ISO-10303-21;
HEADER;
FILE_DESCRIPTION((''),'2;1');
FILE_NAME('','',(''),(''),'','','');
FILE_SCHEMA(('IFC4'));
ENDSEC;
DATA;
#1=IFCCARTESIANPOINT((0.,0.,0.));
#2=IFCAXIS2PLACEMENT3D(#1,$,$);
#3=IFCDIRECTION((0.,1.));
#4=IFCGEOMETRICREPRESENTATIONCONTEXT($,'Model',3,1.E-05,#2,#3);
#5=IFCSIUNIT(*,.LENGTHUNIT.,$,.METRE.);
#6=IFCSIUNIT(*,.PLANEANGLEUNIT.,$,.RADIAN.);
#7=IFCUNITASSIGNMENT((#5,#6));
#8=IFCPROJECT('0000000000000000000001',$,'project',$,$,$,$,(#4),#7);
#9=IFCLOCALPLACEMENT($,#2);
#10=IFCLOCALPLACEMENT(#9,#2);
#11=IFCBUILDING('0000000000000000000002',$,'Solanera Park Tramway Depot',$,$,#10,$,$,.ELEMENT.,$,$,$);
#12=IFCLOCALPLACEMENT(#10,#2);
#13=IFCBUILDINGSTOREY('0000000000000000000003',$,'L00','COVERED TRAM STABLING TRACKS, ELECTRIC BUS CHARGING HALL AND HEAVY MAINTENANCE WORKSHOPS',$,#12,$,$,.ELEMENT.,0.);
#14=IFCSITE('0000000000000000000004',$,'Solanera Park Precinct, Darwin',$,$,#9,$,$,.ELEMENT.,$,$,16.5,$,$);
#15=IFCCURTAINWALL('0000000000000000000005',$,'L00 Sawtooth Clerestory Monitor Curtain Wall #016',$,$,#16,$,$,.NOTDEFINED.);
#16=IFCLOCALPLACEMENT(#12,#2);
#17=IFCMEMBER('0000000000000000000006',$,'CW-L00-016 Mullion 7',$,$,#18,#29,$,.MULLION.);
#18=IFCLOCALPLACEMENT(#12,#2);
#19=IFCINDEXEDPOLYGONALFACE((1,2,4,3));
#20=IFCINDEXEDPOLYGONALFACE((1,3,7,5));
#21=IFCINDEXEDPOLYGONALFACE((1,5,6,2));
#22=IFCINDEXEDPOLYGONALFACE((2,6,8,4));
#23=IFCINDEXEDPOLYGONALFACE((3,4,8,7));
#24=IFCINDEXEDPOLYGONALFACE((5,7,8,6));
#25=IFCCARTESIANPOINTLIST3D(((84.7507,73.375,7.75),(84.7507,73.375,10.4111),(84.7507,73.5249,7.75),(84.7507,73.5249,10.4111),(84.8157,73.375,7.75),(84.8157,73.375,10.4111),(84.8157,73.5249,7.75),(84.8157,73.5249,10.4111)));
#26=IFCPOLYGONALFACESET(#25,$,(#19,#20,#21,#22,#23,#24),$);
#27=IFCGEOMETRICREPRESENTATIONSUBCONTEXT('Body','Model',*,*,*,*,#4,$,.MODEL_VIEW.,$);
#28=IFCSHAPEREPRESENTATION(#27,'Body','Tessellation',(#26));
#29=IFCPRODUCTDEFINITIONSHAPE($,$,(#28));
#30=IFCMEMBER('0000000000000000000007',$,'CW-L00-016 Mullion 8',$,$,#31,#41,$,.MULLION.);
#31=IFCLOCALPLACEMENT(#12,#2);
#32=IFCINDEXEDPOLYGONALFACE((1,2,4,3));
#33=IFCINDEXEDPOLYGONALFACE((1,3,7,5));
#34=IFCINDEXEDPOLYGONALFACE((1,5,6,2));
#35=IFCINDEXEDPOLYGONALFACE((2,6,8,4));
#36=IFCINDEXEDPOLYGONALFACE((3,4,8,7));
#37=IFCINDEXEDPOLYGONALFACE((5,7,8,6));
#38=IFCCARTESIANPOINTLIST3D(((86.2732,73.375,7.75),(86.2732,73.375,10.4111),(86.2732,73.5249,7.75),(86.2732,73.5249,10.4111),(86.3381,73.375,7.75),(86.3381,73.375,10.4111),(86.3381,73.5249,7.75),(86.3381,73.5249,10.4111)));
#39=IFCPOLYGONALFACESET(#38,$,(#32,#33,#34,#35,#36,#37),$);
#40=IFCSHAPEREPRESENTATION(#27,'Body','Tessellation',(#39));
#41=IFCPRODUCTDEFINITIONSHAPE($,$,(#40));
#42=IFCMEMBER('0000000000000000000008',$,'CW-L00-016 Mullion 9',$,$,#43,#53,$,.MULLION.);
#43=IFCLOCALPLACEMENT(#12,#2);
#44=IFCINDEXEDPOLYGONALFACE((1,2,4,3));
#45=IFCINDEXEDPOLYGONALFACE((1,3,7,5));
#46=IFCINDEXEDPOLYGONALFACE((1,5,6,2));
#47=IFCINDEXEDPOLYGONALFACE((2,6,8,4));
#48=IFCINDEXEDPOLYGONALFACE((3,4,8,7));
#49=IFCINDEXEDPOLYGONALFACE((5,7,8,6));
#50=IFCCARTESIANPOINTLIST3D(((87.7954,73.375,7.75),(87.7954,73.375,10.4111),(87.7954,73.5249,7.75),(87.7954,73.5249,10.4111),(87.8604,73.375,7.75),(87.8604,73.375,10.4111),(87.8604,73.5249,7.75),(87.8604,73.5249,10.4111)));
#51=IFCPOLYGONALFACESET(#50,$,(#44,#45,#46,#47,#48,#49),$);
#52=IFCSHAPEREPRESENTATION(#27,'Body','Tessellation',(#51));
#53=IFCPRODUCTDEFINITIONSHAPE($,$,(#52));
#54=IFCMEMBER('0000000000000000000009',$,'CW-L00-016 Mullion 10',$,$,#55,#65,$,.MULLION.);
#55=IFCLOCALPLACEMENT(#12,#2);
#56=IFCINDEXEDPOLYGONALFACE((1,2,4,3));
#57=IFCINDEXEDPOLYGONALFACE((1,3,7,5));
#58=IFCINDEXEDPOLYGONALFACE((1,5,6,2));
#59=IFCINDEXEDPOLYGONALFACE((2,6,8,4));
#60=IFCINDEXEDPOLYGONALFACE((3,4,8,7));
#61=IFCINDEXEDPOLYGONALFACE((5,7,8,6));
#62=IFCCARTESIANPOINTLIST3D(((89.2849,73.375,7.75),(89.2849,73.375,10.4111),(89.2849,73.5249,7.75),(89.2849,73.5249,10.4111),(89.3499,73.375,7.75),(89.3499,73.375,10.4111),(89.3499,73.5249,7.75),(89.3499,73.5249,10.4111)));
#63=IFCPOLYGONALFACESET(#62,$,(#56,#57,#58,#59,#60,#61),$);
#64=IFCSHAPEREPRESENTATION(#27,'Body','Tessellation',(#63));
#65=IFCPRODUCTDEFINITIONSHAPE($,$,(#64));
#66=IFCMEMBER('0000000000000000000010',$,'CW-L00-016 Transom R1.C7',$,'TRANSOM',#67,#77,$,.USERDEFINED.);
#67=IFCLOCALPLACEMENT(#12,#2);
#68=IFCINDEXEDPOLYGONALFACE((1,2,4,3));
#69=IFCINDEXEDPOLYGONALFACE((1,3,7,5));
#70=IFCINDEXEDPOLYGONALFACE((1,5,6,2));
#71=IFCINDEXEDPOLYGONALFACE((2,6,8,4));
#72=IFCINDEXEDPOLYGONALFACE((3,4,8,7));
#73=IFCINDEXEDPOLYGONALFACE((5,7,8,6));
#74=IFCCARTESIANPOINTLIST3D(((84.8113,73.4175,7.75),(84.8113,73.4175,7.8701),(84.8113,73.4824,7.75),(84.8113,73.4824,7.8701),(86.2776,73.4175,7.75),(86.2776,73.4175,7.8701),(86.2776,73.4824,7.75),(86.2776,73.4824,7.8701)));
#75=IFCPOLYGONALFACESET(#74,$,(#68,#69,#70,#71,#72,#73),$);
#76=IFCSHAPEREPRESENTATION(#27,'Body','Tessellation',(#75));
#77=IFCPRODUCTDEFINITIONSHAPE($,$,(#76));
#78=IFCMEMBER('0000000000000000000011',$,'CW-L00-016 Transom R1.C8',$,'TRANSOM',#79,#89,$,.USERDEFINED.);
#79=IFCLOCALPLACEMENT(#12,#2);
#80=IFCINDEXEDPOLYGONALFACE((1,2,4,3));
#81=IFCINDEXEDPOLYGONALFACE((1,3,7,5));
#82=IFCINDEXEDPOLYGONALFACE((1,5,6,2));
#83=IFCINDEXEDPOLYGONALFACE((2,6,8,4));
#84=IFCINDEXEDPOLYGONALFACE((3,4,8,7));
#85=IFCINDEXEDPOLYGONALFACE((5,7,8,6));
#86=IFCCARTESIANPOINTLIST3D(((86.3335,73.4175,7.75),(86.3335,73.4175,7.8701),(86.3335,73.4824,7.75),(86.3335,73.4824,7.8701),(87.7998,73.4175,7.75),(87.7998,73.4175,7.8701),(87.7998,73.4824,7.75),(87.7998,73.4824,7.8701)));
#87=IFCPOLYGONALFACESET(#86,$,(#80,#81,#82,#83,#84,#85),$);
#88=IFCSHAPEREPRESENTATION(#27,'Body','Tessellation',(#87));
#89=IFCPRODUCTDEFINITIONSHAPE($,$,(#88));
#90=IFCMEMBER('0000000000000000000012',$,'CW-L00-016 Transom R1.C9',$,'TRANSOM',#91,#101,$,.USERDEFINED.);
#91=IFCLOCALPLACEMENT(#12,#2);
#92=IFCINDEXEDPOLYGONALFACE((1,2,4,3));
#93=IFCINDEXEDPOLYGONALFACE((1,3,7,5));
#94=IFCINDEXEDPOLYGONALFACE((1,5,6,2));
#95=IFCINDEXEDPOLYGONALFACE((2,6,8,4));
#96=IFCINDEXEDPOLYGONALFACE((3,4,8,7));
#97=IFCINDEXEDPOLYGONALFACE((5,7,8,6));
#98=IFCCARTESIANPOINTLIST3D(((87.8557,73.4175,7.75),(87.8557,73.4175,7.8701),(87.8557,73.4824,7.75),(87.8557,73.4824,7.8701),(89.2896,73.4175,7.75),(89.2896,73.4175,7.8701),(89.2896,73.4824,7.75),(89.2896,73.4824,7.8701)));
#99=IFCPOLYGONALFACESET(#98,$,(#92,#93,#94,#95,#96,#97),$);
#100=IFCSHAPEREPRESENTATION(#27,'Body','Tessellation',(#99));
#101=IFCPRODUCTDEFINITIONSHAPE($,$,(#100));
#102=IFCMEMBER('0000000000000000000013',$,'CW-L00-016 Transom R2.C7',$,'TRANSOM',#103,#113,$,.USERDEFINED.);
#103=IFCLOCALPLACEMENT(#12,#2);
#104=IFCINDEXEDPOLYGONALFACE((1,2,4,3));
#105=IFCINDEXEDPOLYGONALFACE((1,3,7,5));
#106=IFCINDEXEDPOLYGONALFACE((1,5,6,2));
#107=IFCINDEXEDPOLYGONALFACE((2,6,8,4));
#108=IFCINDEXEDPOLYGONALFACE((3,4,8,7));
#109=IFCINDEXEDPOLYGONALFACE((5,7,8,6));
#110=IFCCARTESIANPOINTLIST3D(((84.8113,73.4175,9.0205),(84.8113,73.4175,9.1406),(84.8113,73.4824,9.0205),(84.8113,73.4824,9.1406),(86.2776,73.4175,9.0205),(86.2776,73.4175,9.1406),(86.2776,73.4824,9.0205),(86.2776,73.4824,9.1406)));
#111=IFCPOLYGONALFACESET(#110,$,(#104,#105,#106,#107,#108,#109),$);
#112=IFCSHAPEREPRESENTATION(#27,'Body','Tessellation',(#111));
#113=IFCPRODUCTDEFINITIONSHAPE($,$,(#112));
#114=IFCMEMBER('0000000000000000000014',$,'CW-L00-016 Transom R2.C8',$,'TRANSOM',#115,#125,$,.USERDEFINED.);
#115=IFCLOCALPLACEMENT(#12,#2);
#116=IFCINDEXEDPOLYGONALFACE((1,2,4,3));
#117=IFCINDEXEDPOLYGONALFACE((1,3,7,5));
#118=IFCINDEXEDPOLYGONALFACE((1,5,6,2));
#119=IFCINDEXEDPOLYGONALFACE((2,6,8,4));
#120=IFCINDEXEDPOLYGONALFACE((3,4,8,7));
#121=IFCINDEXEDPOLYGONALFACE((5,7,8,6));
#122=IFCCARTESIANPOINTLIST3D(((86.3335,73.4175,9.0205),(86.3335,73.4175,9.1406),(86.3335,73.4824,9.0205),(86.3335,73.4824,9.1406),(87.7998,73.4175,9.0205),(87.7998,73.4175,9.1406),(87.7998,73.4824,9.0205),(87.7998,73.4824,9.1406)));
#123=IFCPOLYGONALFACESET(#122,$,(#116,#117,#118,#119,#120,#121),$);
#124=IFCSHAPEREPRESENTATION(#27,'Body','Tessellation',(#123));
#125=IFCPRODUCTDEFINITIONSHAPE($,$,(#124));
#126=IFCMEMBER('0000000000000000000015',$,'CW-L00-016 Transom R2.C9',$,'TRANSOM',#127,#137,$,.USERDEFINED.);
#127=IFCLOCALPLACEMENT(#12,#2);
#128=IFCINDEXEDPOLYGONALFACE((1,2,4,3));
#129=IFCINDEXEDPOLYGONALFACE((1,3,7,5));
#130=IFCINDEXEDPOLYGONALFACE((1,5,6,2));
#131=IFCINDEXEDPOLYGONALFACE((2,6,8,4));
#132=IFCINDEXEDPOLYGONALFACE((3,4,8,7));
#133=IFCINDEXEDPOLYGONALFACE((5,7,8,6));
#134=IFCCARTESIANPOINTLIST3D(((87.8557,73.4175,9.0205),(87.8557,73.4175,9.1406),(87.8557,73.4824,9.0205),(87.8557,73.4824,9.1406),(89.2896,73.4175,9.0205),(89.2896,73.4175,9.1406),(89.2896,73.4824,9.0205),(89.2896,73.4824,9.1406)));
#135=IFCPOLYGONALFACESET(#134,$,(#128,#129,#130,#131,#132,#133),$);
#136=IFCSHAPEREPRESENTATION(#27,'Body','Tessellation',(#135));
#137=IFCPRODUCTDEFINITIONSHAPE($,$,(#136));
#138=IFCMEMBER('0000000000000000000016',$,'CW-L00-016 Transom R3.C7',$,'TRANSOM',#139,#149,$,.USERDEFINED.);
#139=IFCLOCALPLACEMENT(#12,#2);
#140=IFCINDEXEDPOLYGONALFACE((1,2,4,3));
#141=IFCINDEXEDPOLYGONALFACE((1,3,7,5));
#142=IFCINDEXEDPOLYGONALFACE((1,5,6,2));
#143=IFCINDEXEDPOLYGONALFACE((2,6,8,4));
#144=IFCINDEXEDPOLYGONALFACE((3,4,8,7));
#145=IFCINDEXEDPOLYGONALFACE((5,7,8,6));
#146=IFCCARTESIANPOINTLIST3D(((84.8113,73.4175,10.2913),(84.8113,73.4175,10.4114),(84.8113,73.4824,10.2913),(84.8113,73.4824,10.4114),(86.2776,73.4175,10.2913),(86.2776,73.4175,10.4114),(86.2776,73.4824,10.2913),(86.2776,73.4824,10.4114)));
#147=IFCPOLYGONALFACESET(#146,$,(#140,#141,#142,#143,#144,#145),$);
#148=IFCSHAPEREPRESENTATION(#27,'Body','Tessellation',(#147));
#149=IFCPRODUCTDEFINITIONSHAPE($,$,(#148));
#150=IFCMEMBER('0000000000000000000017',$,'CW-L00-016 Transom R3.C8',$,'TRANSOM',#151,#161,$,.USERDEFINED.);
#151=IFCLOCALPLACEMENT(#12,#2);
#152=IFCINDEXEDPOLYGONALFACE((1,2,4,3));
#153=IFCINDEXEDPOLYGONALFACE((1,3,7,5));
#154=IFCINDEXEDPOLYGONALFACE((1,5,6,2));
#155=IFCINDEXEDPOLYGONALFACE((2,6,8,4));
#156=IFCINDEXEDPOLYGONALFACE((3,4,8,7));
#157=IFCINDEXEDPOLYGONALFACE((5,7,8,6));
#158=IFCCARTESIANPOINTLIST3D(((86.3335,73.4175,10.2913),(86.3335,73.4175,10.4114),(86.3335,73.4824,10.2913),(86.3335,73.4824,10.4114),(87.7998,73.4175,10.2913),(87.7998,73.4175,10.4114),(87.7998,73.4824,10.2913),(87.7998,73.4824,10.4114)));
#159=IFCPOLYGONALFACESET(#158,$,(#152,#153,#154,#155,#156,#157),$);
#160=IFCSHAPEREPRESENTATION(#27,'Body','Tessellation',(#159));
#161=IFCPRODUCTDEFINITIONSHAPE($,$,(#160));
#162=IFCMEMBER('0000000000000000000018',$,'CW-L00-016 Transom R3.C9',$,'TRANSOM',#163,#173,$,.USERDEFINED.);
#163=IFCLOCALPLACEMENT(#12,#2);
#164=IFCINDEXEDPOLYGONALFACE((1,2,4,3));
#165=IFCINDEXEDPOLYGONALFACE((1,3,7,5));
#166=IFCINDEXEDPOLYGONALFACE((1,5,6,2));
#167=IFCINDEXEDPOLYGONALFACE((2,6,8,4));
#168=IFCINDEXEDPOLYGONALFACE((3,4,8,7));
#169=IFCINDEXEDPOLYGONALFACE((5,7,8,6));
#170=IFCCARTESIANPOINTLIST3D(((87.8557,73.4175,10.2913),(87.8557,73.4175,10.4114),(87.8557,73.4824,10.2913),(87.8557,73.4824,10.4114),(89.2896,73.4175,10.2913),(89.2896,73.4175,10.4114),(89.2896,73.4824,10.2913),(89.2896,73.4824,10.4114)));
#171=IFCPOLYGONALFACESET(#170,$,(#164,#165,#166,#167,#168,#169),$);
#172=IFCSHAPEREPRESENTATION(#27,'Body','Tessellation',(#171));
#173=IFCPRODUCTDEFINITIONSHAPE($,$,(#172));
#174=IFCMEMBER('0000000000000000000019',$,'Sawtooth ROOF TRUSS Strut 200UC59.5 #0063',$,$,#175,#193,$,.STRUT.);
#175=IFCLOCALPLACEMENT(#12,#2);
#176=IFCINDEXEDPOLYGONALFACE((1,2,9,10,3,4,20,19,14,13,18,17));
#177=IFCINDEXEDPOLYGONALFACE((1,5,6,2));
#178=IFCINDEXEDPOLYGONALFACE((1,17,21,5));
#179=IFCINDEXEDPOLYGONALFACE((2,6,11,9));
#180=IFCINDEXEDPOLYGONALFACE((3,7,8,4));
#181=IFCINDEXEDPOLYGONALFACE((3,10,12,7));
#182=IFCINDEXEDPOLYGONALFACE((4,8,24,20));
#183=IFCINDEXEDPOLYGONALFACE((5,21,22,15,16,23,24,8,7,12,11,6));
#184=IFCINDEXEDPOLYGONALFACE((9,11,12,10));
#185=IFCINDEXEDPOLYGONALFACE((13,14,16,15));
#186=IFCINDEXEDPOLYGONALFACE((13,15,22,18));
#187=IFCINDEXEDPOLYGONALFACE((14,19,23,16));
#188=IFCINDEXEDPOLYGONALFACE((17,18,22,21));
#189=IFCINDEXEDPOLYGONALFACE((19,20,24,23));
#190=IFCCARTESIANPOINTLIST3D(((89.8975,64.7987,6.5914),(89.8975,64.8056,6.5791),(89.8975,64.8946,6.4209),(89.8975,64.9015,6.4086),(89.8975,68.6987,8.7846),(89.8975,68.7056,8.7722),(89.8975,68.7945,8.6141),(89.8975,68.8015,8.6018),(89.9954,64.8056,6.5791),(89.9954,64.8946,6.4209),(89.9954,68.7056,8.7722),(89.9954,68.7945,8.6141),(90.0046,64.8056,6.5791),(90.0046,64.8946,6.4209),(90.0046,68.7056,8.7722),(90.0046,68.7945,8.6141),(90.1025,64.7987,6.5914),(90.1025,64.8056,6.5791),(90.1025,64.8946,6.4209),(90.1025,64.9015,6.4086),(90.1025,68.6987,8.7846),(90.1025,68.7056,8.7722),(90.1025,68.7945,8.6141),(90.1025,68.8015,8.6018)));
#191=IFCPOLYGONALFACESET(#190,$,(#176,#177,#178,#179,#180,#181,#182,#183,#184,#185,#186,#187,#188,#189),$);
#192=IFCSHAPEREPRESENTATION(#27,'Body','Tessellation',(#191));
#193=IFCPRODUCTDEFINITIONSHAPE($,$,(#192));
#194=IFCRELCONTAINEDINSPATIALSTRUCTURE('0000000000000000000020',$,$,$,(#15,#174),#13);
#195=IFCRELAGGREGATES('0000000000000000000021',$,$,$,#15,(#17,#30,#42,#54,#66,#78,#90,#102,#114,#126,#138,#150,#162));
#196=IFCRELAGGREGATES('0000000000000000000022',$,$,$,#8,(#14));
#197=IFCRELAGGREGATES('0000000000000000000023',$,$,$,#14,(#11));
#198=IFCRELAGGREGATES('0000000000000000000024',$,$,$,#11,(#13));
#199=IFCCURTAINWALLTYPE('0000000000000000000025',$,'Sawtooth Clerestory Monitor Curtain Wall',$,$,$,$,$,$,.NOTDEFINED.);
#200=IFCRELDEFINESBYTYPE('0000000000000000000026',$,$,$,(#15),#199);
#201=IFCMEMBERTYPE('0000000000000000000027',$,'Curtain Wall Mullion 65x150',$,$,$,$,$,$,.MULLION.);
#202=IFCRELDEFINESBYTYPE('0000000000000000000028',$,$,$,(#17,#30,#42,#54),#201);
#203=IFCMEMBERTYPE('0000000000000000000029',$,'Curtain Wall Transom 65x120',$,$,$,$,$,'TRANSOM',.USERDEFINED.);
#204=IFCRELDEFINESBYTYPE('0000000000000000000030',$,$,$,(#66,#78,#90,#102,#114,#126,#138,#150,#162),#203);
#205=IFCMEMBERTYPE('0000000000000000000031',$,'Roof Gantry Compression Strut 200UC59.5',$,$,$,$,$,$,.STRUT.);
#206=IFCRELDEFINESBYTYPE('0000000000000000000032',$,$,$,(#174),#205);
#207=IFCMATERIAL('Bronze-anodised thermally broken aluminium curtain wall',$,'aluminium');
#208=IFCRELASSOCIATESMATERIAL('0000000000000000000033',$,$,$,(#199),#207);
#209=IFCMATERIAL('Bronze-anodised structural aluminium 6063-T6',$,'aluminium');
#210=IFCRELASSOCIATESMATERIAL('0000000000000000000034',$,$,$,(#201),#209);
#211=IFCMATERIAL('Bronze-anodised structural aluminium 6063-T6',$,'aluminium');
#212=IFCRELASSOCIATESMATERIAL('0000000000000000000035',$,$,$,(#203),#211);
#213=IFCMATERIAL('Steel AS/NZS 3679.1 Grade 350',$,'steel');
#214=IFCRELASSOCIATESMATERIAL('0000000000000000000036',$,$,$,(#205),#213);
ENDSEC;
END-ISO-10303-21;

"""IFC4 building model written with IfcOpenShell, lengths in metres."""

from ifc_helpers import new_model, si_unit, direction, frame, origin, origin_2d, place, context, subcontext, project, spatial, rectangle, i_section, extrude, material, material_profile, profile_set, type_object, element, aggregate, save


model = new_model("IFC4")

# Units and contexts
model_context = context("Model", 3, precision=1e-05, world=origin(), true_north=direction((0.0, 1.0)))
body_context = subcontext(model_context, "Body", "Model", "MODEL_VIEW")
ifc_project = project(units=[si_unit("LENGTHUNIT", "METRE"), si_unit("PLANEANGLEUNIT", "RADIAN")], contexts=[model_context])

# Site, building, storey
site_placement = place(None, origin())
site = spatial("IfcSite", under=ifc_project, at=site_placement, Name="Solanera Park Precinct, Darwin", CompositionType="ELEMENT", RefElevation=16.5)
building_placement = place(site_placement, origin())
building = spatial("IfcBuilding", under=site, at=building_placement, Name="Solanera Park Tramway Depot", CompositionType="ELEMENT")
storey_placement = place(building_placement, origin())
storey = spatial("IfcBuildingStorey", under=building, at=storey_placement, Name="L00", Description="COVERED TRAM STABLING TRACKS, ELECTRIC BUS CHARGING HALL AND HEAVY MAINTENANCE WORKSHOPS", CompositionType="ELEMENT", Elevation=0.0)

# Curtain wall, members
ifc_material_1 = material(Name="Bronze-anodised thermally broken aluminium curtain wall", Category="aluminium")
curtain_wall_type = type_object("IfcCurtainWallType", Name="Sawtooth Clerestory Monitor Curtain Wall", PredefinedType="NOTDEFINED", material=ifc_material_1)
curtain_wall_placement = place(storey_placement, origin())
curtain_wall = element("IfcCurtainWall", 1, at=curtain_wall_placement, inside=storey, type_object=curtain_wall_type, Name="L00 Sawtooth Clerestory Monitor Curtain Wall #016", PredefinedType="NOTDEFINED")
ifc_material_2 = material(Name="Bronze-anodised structural aluminium 6063-T6", Category="aluminium")
ifc_material_profile_1 = material_profile(ifc_material_2, rectangle(XDim=0.0649, YDim=0.1499, at=origin_2d()), Name="Curtain Wall Mullion 65x150")
ifc_profile_set_1 = profile_set([ifc_material_profile_1], Name="Bronze-anodised structural aluminium 6063-T6")
member_type_1 = type_object("IfcMemberType", Name="Curtain Wall Mullion 65x150", PredefinedType="MULLION", material=ifc_profile_set_1)
member_1_placement = place(storey_placement, frame((84.7832, 73.45, 7.75), z_axis=(0.0, 0.0, 1.0), x_axis=(1.0, 0.0, 0.0)))
member_1 = element("IfcMember", 2, at=member_1_placement, type_object=member_type_1, Name="CW-L00-016 Mullion 7", PredefinedType="MULLION", context=body_context, shape_type="SweptSolid", body=[
    extrude(rectangle(XDim=0.0649, YDim=0.1499, at=origin_2d()), origin(), (0.0, 0.0, 1.0), 2.6611),
])
member_2_placement = place(storey_placement, frame((86.3057, 73.45, 7.75), z_axis=(0.0, 0.0, 1.0), x_axis=(1.0, 0.0, 0.0)))
member_2 = element("IfcMember", 3, at=member_2_placement, type_object=member_type_1, Name="CW-L00-016 Mullion 8", PredefinedType="MULLION", context=body_context, shape_type="SweptSolid", body=[
    extrude(rectangle(XDim=0.0649, YDim=0.1499, at=origin_2d()), origin(), (0.0, 0.0, 1.0), 2.6611),
])
member_3_placement = place(storey_placement, frame((87.8279, 73.45, 7.75), z_axis=(0.0, 0.0, 1.0), x_axis=(1.0, 0.0, 0.0)))
member_3 = element("IfcMember", 4, at=member_3_placement, type_object=member_type_1, Name="CW-L00-016 Mullion 9", PredefinedType="MULLION", context=body_context, shape_type="SweptSolid", body=[
    extrude(rectangle(XDim=0.0649, YDim=0.1499, at=origin_2d()), origin(), (0.0, 0.0, 1.0), 2.6611),
])
member_4_placement = place(storey_placement, frame((89.3174, 73.45, 7.75), z_axis=(0.0, 0.0, 1.0), x_axis=(1.0, 0.0, 0.0)))
member_4 = element("IfcMember", 5, at=member_4_placement, type_object=member_type_1, Name="CW-L00-016 Mullion 10", PredefinedType="MULLION", context=body_context, shape_type="SweptSolid", body=[
    extrude(rectangle(XDim=0.0649, YDim=0.1499, at=origin_2d()), origin(), (0.0, 0.0, 1.0), 2.6611),
])
ifc_material_3 = material(Name="Bronze-anodised structural aluminium 6063-T6", Category="aluminium")
ifc_material_profile_2 = material_profile(ifc_material_3, rectangle(XDim=0.0649, YDim=0.1201, at=origin_2d()), Name="Curtain Wall Transom 65x120")
ifc_profile_set_2 = profile_set([ifc_material_profile_2], Name="Bronze-anodised structural aluminium 6063-T6")
member_type_2 = type_object("IfcMemberType", Name="Curtain Wall Transom 65x120", ElementType="TRANSOM", PredefinedType="USERDEFINED", material=ifc_profile_set_2)
member_5_placement = place(storey_placement, frame((84.8113, 73.45, 7.8101), z_axis=(1.0, 0.0, 0.0), x_axis=(0.0, 1.0, 0.0)))
member_5 = element("IfcMember", 6, at=member_5_placement, type_object=member_type_2, Name="CW-L00-016 Transom R1.C7", ObjectType="TRANSOM", PredefinedType="USERDEFINED", context=body_context, shape_type="SweptSolid", body=[
    extrude(rectangle(XDim=0.0649, YDim=0.1201, at=origin_2d()), origin(), (0.0, 0.0, 1.0), 1.4663),
])
member_6_placement = place(storey_placement, frame((86.3335, 73.45, 7.8101), z_axis=(1.0, 0.0, 0.0), x_axis=(0.0, 1.0, 0.0)))
member_6 = element("IfcMember", 7, at=member_6_placement, type_object=member_type_2, Name="CW-L00-016 Transom R1.C8", ObjectType="TRANSOM", PredefinedType="USERDEFINED", context=body_context, shape_type="SweptSolid", body=[
    extrude(rectangle(XDim=0.0649, YDim=0.1201, at=origin_2d()), origin(), (0.0, 0.0, 1.0), 1.4663),
])
member_7_placement = place(storey_placement, frame((87.8557, 73.45, 7.8101), z_axis=(1.0, 0.0, 0.0), x_axis=(0.0, 1.0, 0.0)))
member_7 = element("IfcMember", 8, at=member_7_placement, type_object=member_type_2, Name="CW-L00-016 Transom R1.C9", ObjectType="TRANSOM", PredefinedType="USERDEFINED", context=body_context, shape_type="SweptSolid", body=[
    extrude(rectangle(XDim=0.0649, YDim=0.1201, at=origin_2d()), origin(), (0.0, 0.0, 1.0), 1.4338),
])
member_8_placement = place(storey_placement, frame((84.8113, 73.45, 9.0806), z_axis=(1.0, 0.0, 0.0), x_axis=(0.0, 1.0, 0.0)))
member_8 = element("IfcMember", 9, at=member_8_placement, type_object=member_type_2, Name="CW-L00-016 Transom R2.C7", ObjectType="TRANSOM", PredefinedType="USERDEFINED", context=body_context, shape_type="SweptSolid", body=[
    extrude(rectangle(XDim=0.0649, YDim=0.1201, at=origin_2d()), origin(), (0.0, 0.0, 1.0), 1.4663),
])
member_9_placement = place(storey_placement, frame((86.3335, 73.45, 9.0806), z_axis=(1.0, 0.0, 0.0), x_axis=(0.0, 1.0, 0.0)))
member_9 = element("IfcMember", 10, at=member_9_placement, type_object=member_type_2, Name="CW-L00-016 Transom R2.C8", ObjectType="TRANSOM", PredefinedType="USERDEFINED", context=body_context, shape_type="SweptSolid", body=[
    extrude(rectangle(XDim=0.0649, YDim=0.1201, at=origin_2d()), origin(), (0.0, 0.0, 1.0), 1.4663),
])
member_10_placement = place(storey_placement, frame((87.8557, 73.45, 9.0806), z_axis=(1.0, 0.0, 0.0), x_axis=(0.0, 1.0, 0.0)))
member_10 = element("IfcMember", 11, at=member_10_placement, type_object=member_type_2, Name="CW-L00-016 Transom R2.C9", ObjectType="TRANSOM", PredefinedType="USERDEFINED", context=body_context, shape_type="SweptSolid", body=[
    extrude(rectangle(XDim=0.0649, YDim=0.1201, at=origin_2d()), origin(), (0.0, 0.0, 1.0), 1.4338),
])
member_11_placement = place(storey_placement, frame((84.8113, 73.45, 10.3513), z_axis=(1.0, 0.0, 0.0), x_axis=(0.0, 1.0, 0.0)))
member_11 = element("IfcMember", 12, at=member_11_placement, type_object=member_type_2, Name="CW-L00-016 Transom R3.C7", ObjectType="TRANSOM", PredefinedType="USERDEFINED", context=body_context, shape_type="SweptSolid", body=[
    extrude(rectangle(XDim=0.0649, YDim=0.1201, at=origin_2d()), origin(), (0.0, 0.0, 1.0), 1.4663),
])
member_12_placement = place(storey_placement, frame((86.3335, 73.45, 10.3513), z_axis=(1.0, 0.0, 0.0), x_axis=(0.0, 1.0, 0.0)))
member_12 = element("IfcMember", 13, at=member_12_placement, type_object=member_type_2, Name="CW-L00-016 Transom R3.C8", ObjectType="TRANSOM", PredefinedType="USERDEFINED", context=body_context, shape_type="SweptSolid", body=[
    extrude(rectangle(XDim=0.0649, YDim=0.1201, at=origin_2d()), origin(), (0.0, 0.0, 1.0), 1.4663),
])
member_13_placement = place(storey_placement, frame((87.8557, 73.45, 10.3513), z_axis=(1.0, 0.0, 0.0), x_axis=(0.0, 1.0, 0.0)))
member_13 = element("IfcMember", 14, at=member_13_placement, type_object=member_type_2, Name="CW-L00-016 Transom R3.C9", ObjectType="TRANSOM", PredefinedType="USERDEFINED", context=body_context, shape_type="SweptSolid", body=[
    extrude(rectangle(XDim=0.0649, YDim=0.1201, at=origin_2d()), origin(), (0.0, 0.0, 1.0), 1.4338),
])

# Member
ifc_material_4 = material(Name="Steel AS/NZS 3679.1 Grade 350", Category="steel")
ifc_material_profile_3 = material_profile(ifc_material_4, i_section(OverallWidth=0.2051, OverallDepth=0.2097, WebThickness=0.0093, FlangeThickness=0.0142, at=origin_2d()), Name="200UC59.5")
ifc_profile_set_3 = profile_set([ifc_material_profile_3], Name="Steel AS/NZS 3679.1 Grade 350")
member_type_3 = type_object("IfcMemberType", Name="Roof Gantry Compression Strut 200UC59.5", PredefinedType="STRUT", material=ifc_profile_set_3)
member_14_placement = place(storey_placement, frame((90.0, 64.8501, 6.5), z_axis=(0.0, 0.871631, 0.490163), x_axis=(-1.0, 0.0, 0.0)))
element("IfcMember", 15, at=member_14_placement, inside=storey, type_object=member_type_3, Name="Sawtooth ROOF TRUSS Strut 200UC59.5 #0063", PredefinedType="STRUT", context=body_context, shape_type="SweptSolid", body=[
    extrude(i_section(OverallWidth=0.2051, OverallDepth=0.2097, WebThickness=0.0093, FlangeThickness=0.0142, at=origin_2d()), origin(), (0.0, 0.0, 1.0), 4.4744),
])

aggregate(curtain_wall, [member_1, member_2, member_3, member_4, member_5, member_6, member_7, member_8, member_9, member_10, member_11, member_12, member_13])

save(model, "model.ifc")
